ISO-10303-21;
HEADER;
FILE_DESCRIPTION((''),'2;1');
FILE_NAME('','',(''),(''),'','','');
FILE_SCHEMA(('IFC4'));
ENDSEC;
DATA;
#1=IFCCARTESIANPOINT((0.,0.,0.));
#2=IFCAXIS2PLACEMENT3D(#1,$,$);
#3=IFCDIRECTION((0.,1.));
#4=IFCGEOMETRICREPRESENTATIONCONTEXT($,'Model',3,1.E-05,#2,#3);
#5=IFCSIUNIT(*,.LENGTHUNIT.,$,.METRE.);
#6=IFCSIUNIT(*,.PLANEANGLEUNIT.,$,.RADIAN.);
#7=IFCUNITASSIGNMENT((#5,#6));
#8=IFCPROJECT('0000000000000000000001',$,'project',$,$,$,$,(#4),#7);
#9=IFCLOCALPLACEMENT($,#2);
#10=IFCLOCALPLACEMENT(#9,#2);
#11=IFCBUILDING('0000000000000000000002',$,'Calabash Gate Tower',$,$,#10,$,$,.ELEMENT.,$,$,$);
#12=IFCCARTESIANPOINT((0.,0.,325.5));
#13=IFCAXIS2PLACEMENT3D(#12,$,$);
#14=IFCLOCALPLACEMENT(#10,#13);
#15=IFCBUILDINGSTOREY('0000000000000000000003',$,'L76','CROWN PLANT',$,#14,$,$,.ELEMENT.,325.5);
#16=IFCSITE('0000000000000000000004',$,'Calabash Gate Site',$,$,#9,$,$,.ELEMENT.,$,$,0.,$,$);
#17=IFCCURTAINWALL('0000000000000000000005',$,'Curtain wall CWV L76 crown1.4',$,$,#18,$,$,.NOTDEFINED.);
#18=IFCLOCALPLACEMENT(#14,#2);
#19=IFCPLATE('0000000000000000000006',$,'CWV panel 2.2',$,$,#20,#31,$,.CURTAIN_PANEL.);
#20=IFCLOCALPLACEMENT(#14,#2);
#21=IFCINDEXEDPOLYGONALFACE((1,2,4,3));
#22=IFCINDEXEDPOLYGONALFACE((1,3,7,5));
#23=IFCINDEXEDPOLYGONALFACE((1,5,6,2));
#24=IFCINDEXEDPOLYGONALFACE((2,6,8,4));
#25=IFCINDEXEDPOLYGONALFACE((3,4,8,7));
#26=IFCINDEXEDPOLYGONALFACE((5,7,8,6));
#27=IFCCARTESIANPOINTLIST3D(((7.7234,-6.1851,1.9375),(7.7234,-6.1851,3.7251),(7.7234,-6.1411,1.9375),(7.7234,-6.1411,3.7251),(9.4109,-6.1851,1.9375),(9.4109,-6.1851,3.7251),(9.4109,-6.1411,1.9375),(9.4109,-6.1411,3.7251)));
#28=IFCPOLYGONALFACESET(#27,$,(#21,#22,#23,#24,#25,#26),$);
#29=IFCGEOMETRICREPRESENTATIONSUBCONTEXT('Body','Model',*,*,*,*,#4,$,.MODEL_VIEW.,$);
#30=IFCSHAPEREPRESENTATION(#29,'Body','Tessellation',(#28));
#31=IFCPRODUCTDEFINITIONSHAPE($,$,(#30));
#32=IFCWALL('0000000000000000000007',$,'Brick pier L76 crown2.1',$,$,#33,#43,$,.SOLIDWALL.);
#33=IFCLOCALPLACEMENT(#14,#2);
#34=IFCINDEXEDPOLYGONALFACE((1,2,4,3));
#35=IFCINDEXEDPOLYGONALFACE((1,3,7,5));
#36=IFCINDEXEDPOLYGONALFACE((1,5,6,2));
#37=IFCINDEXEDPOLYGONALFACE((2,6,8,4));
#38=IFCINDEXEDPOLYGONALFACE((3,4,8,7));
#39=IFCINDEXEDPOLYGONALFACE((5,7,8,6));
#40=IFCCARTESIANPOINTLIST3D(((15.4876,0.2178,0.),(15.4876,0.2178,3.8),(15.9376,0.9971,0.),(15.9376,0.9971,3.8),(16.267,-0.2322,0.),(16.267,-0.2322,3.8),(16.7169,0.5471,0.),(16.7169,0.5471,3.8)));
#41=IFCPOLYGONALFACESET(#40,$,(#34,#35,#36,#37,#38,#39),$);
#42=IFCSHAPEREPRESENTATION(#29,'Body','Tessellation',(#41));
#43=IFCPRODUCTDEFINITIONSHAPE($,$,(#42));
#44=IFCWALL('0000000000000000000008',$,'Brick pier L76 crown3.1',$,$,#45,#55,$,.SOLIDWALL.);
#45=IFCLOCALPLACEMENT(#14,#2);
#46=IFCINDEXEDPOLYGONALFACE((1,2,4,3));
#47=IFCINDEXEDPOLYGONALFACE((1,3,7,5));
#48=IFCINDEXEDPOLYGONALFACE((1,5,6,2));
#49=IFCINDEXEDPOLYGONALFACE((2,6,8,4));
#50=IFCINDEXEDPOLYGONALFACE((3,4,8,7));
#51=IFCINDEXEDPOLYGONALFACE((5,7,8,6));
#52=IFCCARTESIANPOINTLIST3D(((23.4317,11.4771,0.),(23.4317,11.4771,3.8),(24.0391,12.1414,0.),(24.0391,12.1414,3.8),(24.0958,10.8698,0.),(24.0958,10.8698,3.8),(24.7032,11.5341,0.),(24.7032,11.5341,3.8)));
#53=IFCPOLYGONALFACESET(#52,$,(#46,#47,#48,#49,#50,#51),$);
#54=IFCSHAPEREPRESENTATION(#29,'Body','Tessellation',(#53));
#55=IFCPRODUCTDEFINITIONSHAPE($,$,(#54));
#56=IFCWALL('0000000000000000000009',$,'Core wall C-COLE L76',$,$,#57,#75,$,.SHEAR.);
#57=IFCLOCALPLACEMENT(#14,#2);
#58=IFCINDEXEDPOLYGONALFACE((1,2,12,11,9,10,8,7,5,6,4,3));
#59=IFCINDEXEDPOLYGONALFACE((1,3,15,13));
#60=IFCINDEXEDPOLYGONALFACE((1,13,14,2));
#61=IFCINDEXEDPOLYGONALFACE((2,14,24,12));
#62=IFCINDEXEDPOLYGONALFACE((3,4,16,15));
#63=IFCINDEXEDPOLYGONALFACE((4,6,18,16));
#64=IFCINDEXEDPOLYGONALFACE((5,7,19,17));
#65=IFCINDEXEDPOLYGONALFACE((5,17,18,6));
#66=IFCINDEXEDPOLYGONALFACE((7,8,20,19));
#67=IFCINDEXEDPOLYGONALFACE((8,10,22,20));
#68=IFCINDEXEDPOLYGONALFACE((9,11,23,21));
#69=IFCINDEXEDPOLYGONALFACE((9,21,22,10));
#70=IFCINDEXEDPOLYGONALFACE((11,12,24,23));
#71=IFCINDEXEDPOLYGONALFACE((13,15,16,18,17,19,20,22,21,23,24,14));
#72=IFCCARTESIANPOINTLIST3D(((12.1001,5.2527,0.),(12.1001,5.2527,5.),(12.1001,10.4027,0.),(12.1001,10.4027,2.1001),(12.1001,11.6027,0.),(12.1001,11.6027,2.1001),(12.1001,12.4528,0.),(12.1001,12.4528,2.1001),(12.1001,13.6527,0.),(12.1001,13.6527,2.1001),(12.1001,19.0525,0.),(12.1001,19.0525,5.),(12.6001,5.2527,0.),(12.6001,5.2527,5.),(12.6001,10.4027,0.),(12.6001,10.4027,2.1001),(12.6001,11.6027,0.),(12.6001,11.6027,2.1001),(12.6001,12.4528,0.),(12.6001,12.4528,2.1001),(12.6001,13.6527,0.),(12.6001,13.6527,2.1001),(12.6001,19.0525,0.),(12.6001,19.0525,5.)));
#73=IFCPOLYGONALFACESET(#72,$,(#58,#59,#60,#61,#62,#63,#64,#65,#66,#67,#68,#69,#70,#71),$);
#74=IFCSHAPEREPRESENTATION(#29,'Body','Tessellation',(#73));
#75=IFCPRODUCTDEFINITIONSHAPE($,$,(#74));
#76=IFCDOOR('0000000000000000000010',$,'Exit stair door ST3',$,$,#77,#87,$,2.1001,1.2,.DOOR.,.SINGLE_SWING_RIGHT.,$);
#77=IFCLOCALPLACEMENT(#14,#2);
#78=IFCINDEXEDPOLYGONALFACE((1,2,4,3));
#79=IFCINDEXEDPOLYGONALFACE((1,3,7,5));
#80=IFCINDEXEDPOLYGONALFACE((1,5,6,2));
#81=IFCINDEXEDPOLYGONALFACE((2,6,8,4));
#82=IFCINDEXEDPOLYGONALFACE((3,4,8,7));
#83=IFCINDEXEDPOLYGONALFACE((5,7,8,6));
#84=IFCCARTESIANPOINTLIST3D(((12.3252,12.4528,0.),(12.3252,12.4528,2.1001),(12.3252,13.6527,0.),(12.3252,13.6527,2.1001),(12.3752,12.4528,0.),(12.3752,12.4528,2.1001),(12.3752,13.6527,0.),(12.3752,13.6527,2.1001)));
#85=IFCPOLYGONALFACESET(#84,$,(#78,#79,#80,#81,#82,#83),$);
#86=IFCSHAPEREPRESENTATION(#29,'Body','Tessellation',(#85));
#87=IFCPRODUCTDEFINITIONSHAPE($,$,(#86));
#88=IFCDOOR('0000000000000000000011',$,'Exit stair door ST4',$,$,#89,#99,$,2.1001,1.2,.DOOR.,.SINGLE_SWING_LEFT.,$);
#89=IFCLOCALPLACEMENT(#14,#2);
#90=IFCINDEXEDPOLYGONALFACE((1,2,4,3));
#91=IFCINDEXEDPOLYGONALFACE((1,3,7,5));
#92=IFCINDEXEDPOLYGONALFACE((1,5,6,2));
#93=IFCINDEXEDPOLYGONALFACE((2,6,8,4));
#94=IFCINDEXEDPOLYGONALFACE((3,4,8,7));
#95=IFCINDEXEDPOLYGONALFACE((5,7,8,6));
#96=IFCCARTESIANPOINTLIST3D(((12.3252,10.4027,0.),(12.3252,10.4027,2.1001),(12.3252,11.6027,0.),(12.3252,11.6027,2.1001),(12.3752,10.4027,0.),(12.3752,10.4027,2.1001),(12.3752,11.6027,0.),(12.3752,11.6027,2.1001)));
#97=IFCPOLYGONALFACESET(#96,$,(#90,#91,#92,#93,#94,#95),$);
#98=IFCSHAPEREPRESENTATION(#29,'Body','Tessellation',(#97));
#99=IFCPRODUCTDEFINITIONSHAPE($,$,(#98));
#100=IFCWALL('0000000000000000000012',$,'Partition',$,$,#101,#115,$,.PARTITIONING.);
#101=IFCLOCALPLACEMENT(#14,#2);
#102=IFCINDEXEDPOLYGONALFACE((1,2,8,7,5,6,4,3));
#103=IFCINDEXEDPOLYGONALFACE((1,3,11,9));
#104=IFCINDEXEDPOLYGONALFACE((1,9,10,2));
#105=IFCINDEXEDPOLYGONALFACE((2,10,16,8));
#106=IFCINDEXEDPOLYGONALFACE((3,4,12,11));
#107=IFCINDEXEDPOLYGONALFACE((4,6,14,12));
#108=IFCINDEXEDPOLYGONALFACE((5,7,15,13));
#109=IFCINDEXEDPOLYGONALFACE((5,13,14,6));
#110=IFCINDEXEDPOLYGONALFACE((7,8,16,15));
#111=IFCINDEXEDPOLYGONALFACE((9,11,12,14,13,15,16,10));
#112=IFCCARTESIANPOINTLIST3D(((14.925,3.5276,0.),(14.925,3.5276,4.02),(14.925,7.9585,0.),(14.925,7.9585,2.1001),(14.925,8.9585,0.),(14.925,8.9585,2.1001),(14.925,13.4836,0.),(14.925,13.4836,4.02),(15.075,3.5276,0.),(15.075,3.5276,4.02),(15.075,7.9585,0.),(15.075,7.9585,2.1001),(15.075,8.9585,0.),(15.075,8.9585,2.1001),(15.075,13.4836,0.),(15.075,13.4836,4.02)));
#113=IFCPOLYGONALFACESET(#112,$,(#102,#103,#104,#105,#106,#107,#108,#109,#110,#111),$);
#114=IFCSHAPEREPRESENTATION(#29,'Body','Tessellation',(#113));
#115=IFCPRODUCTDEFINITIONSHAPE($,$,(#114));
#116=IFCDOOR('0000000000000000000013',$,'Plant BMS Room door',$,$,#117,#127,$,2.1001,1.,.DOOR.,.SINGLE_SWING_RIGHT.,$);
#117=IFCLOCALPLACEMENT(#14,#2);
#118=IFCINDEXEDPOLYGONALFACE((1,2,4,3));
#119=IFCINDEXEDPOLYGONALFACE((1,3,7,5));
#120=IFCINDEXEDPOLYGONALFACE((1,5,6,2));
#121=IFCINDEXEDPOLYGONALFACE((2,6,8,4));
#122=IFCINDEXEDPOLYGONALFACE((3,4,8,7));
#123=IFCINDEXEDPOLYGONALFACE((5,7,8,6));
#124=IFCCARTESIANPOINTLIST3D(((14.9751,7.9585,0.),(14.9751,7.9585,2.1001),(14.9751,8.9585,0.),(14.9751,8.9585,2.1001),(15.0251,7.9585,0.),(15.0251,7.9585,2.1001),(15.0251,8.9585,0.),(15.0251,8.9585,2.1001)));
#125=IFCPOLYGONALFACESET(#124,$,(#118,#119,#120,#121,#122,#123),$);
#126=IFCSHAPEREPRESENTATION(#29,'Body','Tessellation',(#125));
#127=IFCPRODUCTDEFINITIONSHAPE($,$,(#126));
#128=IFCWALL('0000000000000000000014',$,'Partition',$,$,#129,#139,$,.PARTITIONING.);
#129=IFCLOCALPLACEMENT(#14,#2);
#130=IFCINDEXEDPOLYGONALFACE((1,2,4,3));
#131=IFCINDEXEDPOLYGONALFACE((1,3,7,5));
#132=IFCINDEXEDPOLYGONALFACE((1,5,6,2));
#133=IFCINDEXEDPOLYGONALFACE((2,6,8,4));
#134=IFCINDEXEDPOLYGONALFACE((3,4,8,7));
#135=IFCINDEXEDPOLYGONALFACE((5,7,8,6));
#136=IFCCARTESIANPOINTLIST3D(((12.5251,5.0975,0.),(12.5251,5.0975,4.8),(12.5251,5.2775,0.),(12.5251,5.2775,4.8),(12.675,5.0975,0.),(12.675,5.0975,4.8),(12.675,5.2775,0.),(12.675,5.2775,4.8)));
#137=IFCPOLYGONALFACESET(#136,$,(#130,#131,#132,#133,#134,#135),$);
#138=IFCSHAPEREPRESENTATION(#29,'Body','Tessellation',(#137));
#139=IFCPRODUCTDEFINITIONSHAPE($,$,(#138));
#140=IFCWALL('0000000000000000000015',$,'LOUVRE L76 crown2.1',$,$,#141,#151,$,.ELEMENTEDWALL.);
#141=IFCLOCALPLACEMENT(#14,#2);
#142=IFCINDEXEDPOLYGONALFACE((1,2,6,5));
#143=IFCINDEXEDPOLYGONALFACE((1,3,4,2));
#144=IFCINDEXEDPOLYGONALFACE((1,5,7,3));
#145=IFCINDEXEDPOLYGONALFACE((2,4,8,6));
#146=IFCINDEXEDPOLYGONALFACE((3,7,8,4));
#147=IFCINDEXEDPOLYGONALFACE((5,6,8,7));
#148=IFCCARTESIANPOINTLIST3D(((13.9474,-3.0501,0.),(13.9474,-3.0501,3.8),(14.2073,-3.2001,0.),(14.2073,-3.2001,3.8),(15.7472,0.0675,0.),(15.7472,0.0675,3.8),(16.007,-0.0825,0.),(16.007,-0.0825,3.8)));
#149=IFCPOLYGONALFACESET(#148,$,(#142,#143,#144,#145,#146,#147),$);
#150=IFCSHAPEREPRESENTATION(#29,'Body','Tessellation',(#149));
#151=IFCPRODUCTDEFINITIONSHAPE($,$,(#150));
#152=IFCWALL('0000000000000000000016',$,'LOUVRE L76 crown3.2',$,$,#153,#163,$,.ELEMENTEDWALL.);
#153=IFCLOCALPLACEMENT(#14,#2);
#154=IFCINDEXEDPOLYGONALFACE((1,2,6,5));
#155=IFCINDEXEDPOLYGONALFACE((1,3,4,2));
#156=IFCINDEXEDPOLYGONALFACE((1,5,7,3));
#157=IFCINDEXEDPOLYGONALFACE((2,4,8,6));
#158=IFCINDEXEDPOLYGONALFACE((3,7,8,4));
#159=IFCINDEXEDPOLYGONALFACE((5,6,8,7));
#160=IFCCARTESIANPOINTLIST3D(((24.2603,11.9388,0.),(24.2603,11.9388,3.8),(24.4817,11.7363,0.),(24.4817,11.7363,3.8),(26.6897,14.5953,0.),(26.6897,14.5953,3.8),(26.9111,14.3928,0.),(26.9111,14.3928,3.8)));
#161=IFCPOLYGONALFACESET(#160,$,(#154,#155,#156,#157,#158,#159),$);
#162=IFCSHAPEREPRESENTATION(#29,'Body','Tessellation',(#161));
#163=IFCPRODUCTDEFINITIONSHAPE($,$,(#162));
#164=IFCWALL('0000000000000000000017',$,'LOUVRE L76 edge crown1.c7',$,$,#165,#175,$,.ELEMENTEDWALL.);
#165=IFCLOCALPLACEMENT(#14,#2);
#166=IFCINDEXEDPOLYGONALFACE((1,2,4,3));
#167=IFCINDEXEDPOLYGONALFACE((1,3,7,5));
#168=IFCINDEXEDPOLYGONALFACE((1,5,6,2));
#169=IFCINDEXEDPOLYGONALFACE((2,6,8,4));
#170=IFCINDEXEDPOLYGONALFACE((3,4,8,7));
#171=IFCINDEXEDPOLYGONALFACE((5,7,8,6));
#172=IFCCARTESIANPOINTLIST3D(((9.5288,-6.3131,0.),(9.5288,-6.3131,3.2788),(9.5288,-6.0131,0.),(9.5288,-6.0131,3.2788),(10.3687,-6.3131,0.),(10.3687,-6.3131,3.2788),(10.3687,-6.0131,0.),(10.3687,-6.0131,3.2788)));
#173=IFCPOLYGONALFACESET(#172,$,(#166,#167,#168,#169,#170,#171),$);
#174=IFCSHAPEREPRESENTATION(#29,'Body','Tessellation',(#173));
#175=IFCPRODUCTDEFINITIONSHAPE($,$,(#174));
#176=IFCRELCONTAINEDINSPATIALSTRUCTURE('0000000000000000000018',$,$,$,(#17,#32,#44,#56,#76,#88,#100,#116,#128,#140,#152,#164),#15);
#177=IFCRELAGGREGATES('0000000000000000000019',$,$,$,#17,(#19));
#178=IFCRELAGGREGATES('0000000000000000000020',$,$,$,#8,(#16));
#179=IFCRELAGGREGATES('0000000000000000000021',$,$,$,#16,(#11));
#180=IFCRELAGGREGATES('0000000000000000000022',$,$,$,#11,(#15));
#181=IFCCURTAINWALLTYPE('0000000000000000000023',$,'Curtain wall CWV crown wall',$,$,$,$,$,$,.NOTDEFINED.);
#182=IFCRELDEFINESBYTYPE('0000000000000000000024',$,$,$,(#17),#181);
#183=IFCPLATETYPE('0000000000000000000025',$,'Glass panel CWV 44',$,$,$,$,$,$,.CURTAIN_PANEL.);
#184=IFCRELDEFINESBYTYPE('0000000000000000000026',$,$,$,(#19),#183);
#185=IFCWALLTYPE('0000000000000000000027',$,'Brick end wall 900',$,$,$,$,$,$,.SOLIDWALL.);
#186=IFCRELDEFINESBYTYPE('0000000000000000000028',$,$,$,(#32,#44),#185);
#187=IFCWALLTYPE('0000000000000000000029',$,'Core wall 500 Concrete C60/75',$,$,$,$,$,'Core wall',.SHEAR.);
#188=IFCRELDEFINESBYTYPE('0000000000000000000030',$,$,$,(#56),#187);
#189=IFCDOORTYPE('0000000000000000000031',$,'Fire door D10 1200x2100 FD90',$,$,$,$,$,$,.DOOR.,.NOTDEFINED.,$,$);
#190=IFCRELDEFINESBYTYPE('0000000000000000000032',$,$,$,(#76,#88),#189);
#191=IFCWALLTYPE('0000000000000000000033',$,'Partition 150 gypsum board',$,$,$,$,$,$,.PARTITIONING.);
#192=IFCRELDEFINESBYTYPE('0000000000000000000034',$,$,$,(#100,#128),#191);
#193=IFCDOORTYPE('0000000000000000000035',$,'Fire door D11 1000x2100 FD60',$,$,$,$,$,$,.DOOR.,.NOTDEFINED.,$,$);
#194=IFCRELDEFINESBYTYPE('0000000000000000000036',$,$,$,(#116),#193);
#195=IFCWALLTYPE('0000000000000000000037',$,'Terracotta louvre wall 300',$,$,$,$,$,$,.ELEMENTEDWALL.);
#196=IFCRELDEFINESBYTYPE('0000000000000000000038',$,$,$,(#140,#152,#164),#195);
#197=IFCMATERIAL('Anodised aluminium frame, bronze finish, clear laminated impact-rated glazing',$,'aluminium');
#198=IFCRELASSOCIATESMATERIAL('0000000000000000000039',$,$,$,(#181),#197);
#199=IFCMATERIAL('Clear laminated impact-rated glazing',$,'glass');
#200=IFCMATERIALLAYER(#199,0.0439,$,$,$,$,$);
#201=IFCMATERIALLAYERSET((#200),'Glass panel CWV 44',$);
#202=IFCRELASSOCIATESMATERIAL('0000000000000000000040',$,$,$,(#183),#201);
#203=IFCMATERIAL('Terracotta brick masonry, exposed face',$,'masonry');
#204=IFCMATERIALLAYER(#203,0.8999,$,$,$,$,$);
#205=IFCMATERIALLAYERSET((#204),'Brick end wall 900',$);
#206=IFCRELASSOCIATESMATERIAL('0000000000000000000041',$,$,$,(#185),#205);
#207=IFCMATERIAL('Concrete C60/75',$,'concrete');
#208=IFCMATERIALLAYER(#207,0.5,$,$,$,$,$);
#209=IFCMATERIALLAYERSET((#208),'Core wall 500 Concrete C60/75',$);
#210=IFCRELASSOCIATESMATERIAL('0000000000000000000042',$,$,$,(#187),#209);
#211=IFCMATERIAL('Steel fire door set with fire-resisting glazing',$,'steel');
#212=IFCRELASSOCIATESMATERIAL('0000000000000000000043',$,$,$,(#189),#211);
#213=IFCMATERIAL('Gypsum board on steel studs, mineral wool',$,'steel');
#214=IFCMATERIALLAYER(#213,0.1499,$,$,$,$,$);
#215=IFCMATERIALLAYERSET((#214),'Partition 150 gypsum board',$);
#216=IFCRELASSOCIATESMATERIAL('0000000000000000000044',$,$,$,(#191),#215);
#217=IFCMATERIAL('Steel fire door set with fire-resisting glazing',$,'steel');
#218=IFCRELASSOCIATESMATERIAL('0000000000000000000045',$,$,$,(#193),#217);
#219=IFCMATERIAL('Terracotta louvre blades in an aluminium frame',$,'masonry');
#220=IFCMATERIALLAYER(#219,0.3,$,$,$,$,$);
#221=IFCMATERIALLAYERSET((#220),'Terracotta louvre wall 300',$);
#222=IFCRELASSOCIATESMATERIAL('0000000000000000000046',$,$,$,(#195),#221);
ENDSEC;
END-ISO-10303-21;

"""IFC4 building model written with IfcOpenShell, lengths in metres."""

from ifc_helpers import new_model, si_unit, direction, frame, frame_2d, origin, origin_2d, place, context, subcontext, project, spatial, rectangle, extrude, material, layer, layer_set, type_object, element, fill, aggregate, save


model = new_model("IFC4")

# Units and contexts
model_context = context("Model", 3, precision=1e-05, world=origin(), true_north=direction((0.0, 1.0)))
body_context = subcontext(model_context, "Body", "Model", "MODEL_VIEW")
ifc_project = project(units=[si_unit("LENGTHUNIT", "METRE"), si_unit("PLANEANGLEUNIT", "RADIAN")], contexts=[model_context])

# Site, building, storey
site_placement = place(None, origin())
site = spatial("IfcSite", under=ifc_project, at=site_placement, Name="Calabash Gate Site", CompositionType="ELEMENT", RefElevation=0.0)
building_placement = place(site_placement, origin())
building = spatial("IfcBuilding", under=site, at=building_placement, Name="Calabash Gate Tower", CompositionType="ELEMENT")
storey_placement = place(building_placement, frame((0.0, 0.0, 325.5)))
storey = spatial("IfcBuildingStorey", under=building, at=storey_placement, Name="L76", Description="CROWN PLANT", CompositionType="ELEMENT", Elevation=325.5)

# Curtain wall, plate
ifc_material_1 = material(Name="Anodised aluminium frame, bronze finish, clear laminated impact-rated glazing", Category="aluminium")
curtain_wall_type = type_object("IfcCurtainWallType", Name="Curtain wall CWV crown wall", PredefinedType="NOTDEFINED", material=ifc_material_1)
curtain_wall_placement = place(storey_placement, origin())
curtain_wall = element("IfcCurtainWall", 1, at=curtain_wall_placement, inside=storey, type_object=curtain_wall_type, Name="Curtain wall CWV L76 crown1.4", PredefinedType="NOTDEFINED")
ifc_material_2 = material(Name="Clear laminated impact-rated glazing", Category="glass")
ifc_layer_1 = layer(ifc_material_2, 0.0439)
ifc_layer_set_1 = layer_set([ifc_layer_1], Name="Glass panel CWV 44")
plate_type = type_object("IfcPlateType", Name="Glass panel CWV 44", PredefinedType="CURTAIN_PANEL", material=ifc_layer_set_1)
plate_1_placement = place(storey_placement, frame((8.5671, -6.1631, 1.9375), z_axis=(0.0, 0.0, 1.0), x_axis=(1.0, 0.0, 0.0)))
plate_1 = element("IfcPlate", 2, at=plate_1_placement, type_object=plate_type, Name="CWV panel 2.2", PredefinedType="CURTAIN_PANEL", context=body_context, shape_type="SweptSolid", body=[
    extrude(rectangle(XDim=1.6875, YDim=0.0439, at=origin_2d()), origin(), (0.0, 0.0, 1.0), 1.7876),
])
aggregate(curtain_wall, [plate_1])

# Walls
ifc_material_3 = material(Name="Terracotta brick masonry, exposed face", Category="masonry")
ifc_layer_2 = layer(ifc_material_3, 0.8999)
ifc_layer_set_2 = layer_set([ifc_layer_2], Name="Brick end wall 900")
wall_type_1 = type_object("IfcWallType", Name="Brick end wall 900", PredefinedType="SOLIDWALL", material=ifc_layer_set_2)
wall_1_placement = place(storey_placement, frame((16.4919, 0.1575, 0.0), z_axis=(0.0, 0.0, 1.0), x_axis=(-0.866014, 0.50002, 0.0)))
element("IfcWall", 3, at=wall_1_placement, inside=storey, type_object=wall_type_1, Name="Brick pier L76 crown2.1", PredefinedType="SOLIDWALL", context=body_context, shape_type="SweptSolid", body=[
    extrude(rectangle(XDim=0.8999, YDim=0.8999, at=frame_2d((0.45, 0.0))), origin(), (0.0, 0.0, 1.0), 3.8),
])
wall_2_placement = place(storey_placement, frame((23.7637, 11.1733, 0.0), z_axis=(0.0, 0.0, 1.0), x_axis=(0.674803, 0.737998, 0.0)))
element("IfcWall", 4, at=wall_2_placement, inside=storey, type_object=wall_type_1, Name="Brick pier L76 crown3.1", PredefinedType="SOLIDWALL", context=body_context, shape_type="SweptSolid", body=[
    extrude(rectangle(XDim=0.9001, YDim=0.8999, at=frame_2d((0.4502, 0.0))), origin(), (0.0, 0.0, 1.0), 3.8),
])

# Wall, openings, doors
ifc_material_4 = material(Name="Concrete C60/75", Category="concrete")
ifc_layer_3 = layer(ifc_material_4, 0.5)
ifc_layer_set_3 = layer_set([ifc_layer_3], Name="Core wall 500 Concrete C60/75")
wall_type_2 = type_object("IfcWallType", Name="Core wall 500 Concrete C60/75", ElementType="Core wall", PredefinedType="SHEAR", material=ifc_layer_set_3)
wall_3_placement = place(storey_placement, frame((12.3501, 5.2527, 0.0), z_axis=(0.0, 0.0, 1.0), x_axis=(0.0, 1.0, 0.0)))
wall_3 = element("IfcWall", 5, at=wall_3_placement, inside=storey, type_object=wall_type_2, Name="Core wall C-COLE L76", PredefinedType="SHEAR", context=body_context, shape_type="SweptSolid", body=[
    extrude(rectangle(XDim=13.7998, YDim=0.5, at=frame_2d((6.8999, 0.0))), origin(), (0.0, 0.0, 1.0), 5.0),
])
opening_1_placement = place(wall_3_placement, frame((7.2, 0.0, 0.0)))
opening_1 = element("IfcOpeningElement", 6, at=opening_1_placement, cuts=wall_3, PredefinedType="OPENING", context=body_context, shape_type="SweptSolid", body=[
    extrude(rectangle(XDim=1.2, YDim=2.1001, at=frame_2d((0.6001, 1.05))), frame((0.0, 0.26, 0.0), z_axis=(0.0, -1.0, 0.0), x_axis=(1.0, 0.0, 0.0)), (0.0, 0.0, 1.0), 0.52),
])
opening_2_placement = place(wall_3_placement, frame((5.1499, 0.0, 0.0)))
opening_2 = element("IfcOpeningElement", 7, at=opening_2_placement, cuts=wall_3, PredefinedType="OPENING", context=body_context, shape_type="SweptSolid", body=[
    extrude(rectangle(XDim=1.2, YDim=2.1001, at=frame_2d((0.6001, 1.05))), frame((0.0, 0.26, 0.0), z_axis=(0.0, -1.0, 0.0), x_axis=(1.0, 0.0, 0.0)), (0.0, 0.0, 1.0), 0.52),
])
ifc_material_5 = material(Name="Steel fire door set with fire-resisting glazing", Category="steel")
door_type_1 = type_object("IfcDoorType", Name="Fire door D10 1200x2100 FD90", OperationType="NOTDEFINED", PredefinedType="DOOR", material=ifc_material_5)
door_1_placement = place(opening_1_placement, origin())
door_1 = element("IfcDoor", 8, at=door_1_placement, inside=storey, type_object=door_type_1, Name="Exit stair door ST3", OperationType="SINGLE_SWING_RIGHT", OverallHeight=2.1001, OverallWidth=1.2, PredefinedType="DOOR", context=body_context, shape_type="SweptSolid", body=[
    extrude(rectangle(XDim=1.2, YDim=2.1001, at=frame_2d((0.6001, 1.05))), frame((0.0, 0.0249, 0.0), z_axis=(0.0, -1.0, 0.0), x_axis=(1.0, 0.0, 0.0)), (0.0, 0.0, 1.0), 0.05),
])
fill(opening_1, door_1)
door_2_placement = place(opening_2_placement, origin())
door_2 = element("IfcDoor", 9, at=door_2_placement, inside=storey, type_object=door_type_1, Name="Exit stair door ST4", OperationType="SINGLE_SWING_LEFT", OverallHeight=2.1001, OverallWidth=1.2, PredefinedType="DOOR", context=body_context, shape_type="SweptSolid", body=[
    extrude(rectangle(XDim=1.2, YDim=2.1001, at=frame_2d((0.6001, 1.05))), frame((0.0, 0.0249, 0.0), z_axis=(0.0, -1.0, 0.0), x_axis=(1.0, 0.0, 0.0)), (0.0, 0.0, 1.0), 0.05),
])
fill(opening_2, door_2)

# Wall, opening, door
ifc_material_6 = material(Name="Gypsum board on steel studs, mineral wool", Category="steel")
ifc_layer_4 = layer(ifc_material_6, 0.1499)
ifc_layer_set_4 = layer_set([ifc_layer_4], Name="Partition 150 gypsum board")
wall_type_3 = type_object("IfcWallType", Name="Partition 150 gypsum board", PredefinedType="PARTITIONING", material=ifc_layer_set_4)
wall_4_placement = place(storey_placement, frame((15.0, 3.5276, 0.0), z_axis=(0.0, 0.0, 1.0), x_axis=(0.0, 1.0, 0.0)))
wall_4 = element("IfcWall", 10, at=wall_4_placement, inside=storey, type_object=wall_type_3, Name="Partition", PredefinedType="PARTITIONING", context=body_context, shape_type="SweptSolid", body=[
    extrude(rectangle(XDim=9.9561, YDim=0.1499, at=frame_2d((4.978, 0.0))), origin(), (0.0, 0.0, 1.0), 4.02),
])
opening_3_placement = place(wall_4_placement, frame((4.4309, 0.0, 0.0)))
opening_3 = element("IfcOpeningElement", 11, at=opening_3_placement, cuts=wall_4, PredefinedType="OPENING", context=body_context, shape_type="SweptSolid", body=[
    extrude(rectangle(XDim=1.0, YDim=2.1001, at=frame_2d((0.5, 1.05))), frame((0.0, 0.085, 0.0), z_axis=(0.0, -1.0, 0.0), x_axis=(1.0, 0.0, 0.0)), (0.0, 0.0, 1.0), 0.1699),
])
ifc_material_7 = material(Name="Steel fire door set with fire-resisting glazing", Category="steel")
door_type_2 = type_object("IfcDoorType", Name="Fire door D11 1000x2100 FD60", OperationType="NOTDEFINED", PredefinedType="DOOR", material=ifc_material_7)
door_3_placement = place(opening_3_placement, origin())
door_3 = element("IfcDoor", 12, at=door_3_placement, inside=storey, type_object=door_type_2, Name="Plant BMS Room door", OperationType="SINGLE_SWING_RIGHT", OverallHeight=2.1001, OverallWidth=1.0, PredefinedType="DOOR", context=body_context, shape_type="SweptSolid", body=[
    extrude(rectangle(XDim=1.0, YDim=2.1001, at=frame_2d((0.5, 1.05))), frame((0.0, 0.0249, 0.0), z_axis=(0.0, -1.0, 0.0), x_axis=(1.0, 0.0, 0.0)), (0.0, 0.0, 1.0), 0.05),
])
fill(opening_3, door_3)

# Walls
wall_5_placement = place(storey_placement, frame((12.6001, 5.0977, 0.0), z_axis=(0.0, 0.0, 1.0), x_axis=(0.0, 1.0, 0.0)))
element("IfcWall", 13, at=wall_5_placement, inside=storey, type_object=wall_type_3, Name="Partition", PredefinedType="PARTITIONING", context=body_context, shape_type="SweptSolid", body=[
    extrude(rectangle(XDim=0.1799, YDim=0.1499, at=frame_2d((0.0898, 0.0))), origin(), (0.0, 0.0, 1.0), 4.8),
])
ifc_material_8 = material(Name="Terracotta louvre blades in an aluminium frame", Category="masonry")
ifc_layer_5 = layer(ifc_material_8, 0.3)
ifc_layer_set_5 = layer_set([ifc_layer_5], Name="Terracotta louvre wall 300")
wall_type_4 = type_object("IfcWallType", Name="Terracotta louvre wall 300", PredefinedType="ELEMENTEDWALL", material=ifc_layer_set_5)
for number, where, z_axis, x_axis, name in (
    (14, (14.0774, -3.125, 0.0), (0.0, 0.0, 1.0), (0.499961, 0.866048, 0.0), "LOUVRE L76 crown2.1"),
    (15, (24.3711, 11.8376, 0.0), (0.0, 0.0, 1.0), (0.674867, 0.737939, 0.0), "LOUVRE L76 crown3.2"),
):
    element("IfcWall", number, at=place(storey_placement, frame(where, z_axis=z_axis, x_axis=x_axis)), inside=storey, type_object=wall_type_4, Name=name, PredefinedType="ELEMENTEDWALL", context=body_context, shape_type="SweptSolid", body=[
        extrude(rectangle(XDim=3.5999, YDim=0.3, at=frame_2d((1.7998, 0.0))), origin(), (0.0, 0.0, 1.0), 3.8),
    ])
wall_6_placement = place(storey_placement, frame((9.5288, -6.1631, 0.0), z_axis=(0.0, 0.0, 1.0), x_axis=(1.0, 0.0, 0.0)))
element("IfcWall", 16, at=wall_6_placement, inside=storey, type_object=wall_type_4, Name="LOUVRE L76 edge crown1.c7", PredefinedType="ELEMENTEDWALL", context=body_context, shape_type="SweptSolid", body=[
    extrude(rectangle(XDim=0.8398, YDim=0.3, at=frame_2d((0.4199, 0.0))), origin(), (0.0, 0.0, 1.0), 3.2788),
])

save(model, "model.ifc")
